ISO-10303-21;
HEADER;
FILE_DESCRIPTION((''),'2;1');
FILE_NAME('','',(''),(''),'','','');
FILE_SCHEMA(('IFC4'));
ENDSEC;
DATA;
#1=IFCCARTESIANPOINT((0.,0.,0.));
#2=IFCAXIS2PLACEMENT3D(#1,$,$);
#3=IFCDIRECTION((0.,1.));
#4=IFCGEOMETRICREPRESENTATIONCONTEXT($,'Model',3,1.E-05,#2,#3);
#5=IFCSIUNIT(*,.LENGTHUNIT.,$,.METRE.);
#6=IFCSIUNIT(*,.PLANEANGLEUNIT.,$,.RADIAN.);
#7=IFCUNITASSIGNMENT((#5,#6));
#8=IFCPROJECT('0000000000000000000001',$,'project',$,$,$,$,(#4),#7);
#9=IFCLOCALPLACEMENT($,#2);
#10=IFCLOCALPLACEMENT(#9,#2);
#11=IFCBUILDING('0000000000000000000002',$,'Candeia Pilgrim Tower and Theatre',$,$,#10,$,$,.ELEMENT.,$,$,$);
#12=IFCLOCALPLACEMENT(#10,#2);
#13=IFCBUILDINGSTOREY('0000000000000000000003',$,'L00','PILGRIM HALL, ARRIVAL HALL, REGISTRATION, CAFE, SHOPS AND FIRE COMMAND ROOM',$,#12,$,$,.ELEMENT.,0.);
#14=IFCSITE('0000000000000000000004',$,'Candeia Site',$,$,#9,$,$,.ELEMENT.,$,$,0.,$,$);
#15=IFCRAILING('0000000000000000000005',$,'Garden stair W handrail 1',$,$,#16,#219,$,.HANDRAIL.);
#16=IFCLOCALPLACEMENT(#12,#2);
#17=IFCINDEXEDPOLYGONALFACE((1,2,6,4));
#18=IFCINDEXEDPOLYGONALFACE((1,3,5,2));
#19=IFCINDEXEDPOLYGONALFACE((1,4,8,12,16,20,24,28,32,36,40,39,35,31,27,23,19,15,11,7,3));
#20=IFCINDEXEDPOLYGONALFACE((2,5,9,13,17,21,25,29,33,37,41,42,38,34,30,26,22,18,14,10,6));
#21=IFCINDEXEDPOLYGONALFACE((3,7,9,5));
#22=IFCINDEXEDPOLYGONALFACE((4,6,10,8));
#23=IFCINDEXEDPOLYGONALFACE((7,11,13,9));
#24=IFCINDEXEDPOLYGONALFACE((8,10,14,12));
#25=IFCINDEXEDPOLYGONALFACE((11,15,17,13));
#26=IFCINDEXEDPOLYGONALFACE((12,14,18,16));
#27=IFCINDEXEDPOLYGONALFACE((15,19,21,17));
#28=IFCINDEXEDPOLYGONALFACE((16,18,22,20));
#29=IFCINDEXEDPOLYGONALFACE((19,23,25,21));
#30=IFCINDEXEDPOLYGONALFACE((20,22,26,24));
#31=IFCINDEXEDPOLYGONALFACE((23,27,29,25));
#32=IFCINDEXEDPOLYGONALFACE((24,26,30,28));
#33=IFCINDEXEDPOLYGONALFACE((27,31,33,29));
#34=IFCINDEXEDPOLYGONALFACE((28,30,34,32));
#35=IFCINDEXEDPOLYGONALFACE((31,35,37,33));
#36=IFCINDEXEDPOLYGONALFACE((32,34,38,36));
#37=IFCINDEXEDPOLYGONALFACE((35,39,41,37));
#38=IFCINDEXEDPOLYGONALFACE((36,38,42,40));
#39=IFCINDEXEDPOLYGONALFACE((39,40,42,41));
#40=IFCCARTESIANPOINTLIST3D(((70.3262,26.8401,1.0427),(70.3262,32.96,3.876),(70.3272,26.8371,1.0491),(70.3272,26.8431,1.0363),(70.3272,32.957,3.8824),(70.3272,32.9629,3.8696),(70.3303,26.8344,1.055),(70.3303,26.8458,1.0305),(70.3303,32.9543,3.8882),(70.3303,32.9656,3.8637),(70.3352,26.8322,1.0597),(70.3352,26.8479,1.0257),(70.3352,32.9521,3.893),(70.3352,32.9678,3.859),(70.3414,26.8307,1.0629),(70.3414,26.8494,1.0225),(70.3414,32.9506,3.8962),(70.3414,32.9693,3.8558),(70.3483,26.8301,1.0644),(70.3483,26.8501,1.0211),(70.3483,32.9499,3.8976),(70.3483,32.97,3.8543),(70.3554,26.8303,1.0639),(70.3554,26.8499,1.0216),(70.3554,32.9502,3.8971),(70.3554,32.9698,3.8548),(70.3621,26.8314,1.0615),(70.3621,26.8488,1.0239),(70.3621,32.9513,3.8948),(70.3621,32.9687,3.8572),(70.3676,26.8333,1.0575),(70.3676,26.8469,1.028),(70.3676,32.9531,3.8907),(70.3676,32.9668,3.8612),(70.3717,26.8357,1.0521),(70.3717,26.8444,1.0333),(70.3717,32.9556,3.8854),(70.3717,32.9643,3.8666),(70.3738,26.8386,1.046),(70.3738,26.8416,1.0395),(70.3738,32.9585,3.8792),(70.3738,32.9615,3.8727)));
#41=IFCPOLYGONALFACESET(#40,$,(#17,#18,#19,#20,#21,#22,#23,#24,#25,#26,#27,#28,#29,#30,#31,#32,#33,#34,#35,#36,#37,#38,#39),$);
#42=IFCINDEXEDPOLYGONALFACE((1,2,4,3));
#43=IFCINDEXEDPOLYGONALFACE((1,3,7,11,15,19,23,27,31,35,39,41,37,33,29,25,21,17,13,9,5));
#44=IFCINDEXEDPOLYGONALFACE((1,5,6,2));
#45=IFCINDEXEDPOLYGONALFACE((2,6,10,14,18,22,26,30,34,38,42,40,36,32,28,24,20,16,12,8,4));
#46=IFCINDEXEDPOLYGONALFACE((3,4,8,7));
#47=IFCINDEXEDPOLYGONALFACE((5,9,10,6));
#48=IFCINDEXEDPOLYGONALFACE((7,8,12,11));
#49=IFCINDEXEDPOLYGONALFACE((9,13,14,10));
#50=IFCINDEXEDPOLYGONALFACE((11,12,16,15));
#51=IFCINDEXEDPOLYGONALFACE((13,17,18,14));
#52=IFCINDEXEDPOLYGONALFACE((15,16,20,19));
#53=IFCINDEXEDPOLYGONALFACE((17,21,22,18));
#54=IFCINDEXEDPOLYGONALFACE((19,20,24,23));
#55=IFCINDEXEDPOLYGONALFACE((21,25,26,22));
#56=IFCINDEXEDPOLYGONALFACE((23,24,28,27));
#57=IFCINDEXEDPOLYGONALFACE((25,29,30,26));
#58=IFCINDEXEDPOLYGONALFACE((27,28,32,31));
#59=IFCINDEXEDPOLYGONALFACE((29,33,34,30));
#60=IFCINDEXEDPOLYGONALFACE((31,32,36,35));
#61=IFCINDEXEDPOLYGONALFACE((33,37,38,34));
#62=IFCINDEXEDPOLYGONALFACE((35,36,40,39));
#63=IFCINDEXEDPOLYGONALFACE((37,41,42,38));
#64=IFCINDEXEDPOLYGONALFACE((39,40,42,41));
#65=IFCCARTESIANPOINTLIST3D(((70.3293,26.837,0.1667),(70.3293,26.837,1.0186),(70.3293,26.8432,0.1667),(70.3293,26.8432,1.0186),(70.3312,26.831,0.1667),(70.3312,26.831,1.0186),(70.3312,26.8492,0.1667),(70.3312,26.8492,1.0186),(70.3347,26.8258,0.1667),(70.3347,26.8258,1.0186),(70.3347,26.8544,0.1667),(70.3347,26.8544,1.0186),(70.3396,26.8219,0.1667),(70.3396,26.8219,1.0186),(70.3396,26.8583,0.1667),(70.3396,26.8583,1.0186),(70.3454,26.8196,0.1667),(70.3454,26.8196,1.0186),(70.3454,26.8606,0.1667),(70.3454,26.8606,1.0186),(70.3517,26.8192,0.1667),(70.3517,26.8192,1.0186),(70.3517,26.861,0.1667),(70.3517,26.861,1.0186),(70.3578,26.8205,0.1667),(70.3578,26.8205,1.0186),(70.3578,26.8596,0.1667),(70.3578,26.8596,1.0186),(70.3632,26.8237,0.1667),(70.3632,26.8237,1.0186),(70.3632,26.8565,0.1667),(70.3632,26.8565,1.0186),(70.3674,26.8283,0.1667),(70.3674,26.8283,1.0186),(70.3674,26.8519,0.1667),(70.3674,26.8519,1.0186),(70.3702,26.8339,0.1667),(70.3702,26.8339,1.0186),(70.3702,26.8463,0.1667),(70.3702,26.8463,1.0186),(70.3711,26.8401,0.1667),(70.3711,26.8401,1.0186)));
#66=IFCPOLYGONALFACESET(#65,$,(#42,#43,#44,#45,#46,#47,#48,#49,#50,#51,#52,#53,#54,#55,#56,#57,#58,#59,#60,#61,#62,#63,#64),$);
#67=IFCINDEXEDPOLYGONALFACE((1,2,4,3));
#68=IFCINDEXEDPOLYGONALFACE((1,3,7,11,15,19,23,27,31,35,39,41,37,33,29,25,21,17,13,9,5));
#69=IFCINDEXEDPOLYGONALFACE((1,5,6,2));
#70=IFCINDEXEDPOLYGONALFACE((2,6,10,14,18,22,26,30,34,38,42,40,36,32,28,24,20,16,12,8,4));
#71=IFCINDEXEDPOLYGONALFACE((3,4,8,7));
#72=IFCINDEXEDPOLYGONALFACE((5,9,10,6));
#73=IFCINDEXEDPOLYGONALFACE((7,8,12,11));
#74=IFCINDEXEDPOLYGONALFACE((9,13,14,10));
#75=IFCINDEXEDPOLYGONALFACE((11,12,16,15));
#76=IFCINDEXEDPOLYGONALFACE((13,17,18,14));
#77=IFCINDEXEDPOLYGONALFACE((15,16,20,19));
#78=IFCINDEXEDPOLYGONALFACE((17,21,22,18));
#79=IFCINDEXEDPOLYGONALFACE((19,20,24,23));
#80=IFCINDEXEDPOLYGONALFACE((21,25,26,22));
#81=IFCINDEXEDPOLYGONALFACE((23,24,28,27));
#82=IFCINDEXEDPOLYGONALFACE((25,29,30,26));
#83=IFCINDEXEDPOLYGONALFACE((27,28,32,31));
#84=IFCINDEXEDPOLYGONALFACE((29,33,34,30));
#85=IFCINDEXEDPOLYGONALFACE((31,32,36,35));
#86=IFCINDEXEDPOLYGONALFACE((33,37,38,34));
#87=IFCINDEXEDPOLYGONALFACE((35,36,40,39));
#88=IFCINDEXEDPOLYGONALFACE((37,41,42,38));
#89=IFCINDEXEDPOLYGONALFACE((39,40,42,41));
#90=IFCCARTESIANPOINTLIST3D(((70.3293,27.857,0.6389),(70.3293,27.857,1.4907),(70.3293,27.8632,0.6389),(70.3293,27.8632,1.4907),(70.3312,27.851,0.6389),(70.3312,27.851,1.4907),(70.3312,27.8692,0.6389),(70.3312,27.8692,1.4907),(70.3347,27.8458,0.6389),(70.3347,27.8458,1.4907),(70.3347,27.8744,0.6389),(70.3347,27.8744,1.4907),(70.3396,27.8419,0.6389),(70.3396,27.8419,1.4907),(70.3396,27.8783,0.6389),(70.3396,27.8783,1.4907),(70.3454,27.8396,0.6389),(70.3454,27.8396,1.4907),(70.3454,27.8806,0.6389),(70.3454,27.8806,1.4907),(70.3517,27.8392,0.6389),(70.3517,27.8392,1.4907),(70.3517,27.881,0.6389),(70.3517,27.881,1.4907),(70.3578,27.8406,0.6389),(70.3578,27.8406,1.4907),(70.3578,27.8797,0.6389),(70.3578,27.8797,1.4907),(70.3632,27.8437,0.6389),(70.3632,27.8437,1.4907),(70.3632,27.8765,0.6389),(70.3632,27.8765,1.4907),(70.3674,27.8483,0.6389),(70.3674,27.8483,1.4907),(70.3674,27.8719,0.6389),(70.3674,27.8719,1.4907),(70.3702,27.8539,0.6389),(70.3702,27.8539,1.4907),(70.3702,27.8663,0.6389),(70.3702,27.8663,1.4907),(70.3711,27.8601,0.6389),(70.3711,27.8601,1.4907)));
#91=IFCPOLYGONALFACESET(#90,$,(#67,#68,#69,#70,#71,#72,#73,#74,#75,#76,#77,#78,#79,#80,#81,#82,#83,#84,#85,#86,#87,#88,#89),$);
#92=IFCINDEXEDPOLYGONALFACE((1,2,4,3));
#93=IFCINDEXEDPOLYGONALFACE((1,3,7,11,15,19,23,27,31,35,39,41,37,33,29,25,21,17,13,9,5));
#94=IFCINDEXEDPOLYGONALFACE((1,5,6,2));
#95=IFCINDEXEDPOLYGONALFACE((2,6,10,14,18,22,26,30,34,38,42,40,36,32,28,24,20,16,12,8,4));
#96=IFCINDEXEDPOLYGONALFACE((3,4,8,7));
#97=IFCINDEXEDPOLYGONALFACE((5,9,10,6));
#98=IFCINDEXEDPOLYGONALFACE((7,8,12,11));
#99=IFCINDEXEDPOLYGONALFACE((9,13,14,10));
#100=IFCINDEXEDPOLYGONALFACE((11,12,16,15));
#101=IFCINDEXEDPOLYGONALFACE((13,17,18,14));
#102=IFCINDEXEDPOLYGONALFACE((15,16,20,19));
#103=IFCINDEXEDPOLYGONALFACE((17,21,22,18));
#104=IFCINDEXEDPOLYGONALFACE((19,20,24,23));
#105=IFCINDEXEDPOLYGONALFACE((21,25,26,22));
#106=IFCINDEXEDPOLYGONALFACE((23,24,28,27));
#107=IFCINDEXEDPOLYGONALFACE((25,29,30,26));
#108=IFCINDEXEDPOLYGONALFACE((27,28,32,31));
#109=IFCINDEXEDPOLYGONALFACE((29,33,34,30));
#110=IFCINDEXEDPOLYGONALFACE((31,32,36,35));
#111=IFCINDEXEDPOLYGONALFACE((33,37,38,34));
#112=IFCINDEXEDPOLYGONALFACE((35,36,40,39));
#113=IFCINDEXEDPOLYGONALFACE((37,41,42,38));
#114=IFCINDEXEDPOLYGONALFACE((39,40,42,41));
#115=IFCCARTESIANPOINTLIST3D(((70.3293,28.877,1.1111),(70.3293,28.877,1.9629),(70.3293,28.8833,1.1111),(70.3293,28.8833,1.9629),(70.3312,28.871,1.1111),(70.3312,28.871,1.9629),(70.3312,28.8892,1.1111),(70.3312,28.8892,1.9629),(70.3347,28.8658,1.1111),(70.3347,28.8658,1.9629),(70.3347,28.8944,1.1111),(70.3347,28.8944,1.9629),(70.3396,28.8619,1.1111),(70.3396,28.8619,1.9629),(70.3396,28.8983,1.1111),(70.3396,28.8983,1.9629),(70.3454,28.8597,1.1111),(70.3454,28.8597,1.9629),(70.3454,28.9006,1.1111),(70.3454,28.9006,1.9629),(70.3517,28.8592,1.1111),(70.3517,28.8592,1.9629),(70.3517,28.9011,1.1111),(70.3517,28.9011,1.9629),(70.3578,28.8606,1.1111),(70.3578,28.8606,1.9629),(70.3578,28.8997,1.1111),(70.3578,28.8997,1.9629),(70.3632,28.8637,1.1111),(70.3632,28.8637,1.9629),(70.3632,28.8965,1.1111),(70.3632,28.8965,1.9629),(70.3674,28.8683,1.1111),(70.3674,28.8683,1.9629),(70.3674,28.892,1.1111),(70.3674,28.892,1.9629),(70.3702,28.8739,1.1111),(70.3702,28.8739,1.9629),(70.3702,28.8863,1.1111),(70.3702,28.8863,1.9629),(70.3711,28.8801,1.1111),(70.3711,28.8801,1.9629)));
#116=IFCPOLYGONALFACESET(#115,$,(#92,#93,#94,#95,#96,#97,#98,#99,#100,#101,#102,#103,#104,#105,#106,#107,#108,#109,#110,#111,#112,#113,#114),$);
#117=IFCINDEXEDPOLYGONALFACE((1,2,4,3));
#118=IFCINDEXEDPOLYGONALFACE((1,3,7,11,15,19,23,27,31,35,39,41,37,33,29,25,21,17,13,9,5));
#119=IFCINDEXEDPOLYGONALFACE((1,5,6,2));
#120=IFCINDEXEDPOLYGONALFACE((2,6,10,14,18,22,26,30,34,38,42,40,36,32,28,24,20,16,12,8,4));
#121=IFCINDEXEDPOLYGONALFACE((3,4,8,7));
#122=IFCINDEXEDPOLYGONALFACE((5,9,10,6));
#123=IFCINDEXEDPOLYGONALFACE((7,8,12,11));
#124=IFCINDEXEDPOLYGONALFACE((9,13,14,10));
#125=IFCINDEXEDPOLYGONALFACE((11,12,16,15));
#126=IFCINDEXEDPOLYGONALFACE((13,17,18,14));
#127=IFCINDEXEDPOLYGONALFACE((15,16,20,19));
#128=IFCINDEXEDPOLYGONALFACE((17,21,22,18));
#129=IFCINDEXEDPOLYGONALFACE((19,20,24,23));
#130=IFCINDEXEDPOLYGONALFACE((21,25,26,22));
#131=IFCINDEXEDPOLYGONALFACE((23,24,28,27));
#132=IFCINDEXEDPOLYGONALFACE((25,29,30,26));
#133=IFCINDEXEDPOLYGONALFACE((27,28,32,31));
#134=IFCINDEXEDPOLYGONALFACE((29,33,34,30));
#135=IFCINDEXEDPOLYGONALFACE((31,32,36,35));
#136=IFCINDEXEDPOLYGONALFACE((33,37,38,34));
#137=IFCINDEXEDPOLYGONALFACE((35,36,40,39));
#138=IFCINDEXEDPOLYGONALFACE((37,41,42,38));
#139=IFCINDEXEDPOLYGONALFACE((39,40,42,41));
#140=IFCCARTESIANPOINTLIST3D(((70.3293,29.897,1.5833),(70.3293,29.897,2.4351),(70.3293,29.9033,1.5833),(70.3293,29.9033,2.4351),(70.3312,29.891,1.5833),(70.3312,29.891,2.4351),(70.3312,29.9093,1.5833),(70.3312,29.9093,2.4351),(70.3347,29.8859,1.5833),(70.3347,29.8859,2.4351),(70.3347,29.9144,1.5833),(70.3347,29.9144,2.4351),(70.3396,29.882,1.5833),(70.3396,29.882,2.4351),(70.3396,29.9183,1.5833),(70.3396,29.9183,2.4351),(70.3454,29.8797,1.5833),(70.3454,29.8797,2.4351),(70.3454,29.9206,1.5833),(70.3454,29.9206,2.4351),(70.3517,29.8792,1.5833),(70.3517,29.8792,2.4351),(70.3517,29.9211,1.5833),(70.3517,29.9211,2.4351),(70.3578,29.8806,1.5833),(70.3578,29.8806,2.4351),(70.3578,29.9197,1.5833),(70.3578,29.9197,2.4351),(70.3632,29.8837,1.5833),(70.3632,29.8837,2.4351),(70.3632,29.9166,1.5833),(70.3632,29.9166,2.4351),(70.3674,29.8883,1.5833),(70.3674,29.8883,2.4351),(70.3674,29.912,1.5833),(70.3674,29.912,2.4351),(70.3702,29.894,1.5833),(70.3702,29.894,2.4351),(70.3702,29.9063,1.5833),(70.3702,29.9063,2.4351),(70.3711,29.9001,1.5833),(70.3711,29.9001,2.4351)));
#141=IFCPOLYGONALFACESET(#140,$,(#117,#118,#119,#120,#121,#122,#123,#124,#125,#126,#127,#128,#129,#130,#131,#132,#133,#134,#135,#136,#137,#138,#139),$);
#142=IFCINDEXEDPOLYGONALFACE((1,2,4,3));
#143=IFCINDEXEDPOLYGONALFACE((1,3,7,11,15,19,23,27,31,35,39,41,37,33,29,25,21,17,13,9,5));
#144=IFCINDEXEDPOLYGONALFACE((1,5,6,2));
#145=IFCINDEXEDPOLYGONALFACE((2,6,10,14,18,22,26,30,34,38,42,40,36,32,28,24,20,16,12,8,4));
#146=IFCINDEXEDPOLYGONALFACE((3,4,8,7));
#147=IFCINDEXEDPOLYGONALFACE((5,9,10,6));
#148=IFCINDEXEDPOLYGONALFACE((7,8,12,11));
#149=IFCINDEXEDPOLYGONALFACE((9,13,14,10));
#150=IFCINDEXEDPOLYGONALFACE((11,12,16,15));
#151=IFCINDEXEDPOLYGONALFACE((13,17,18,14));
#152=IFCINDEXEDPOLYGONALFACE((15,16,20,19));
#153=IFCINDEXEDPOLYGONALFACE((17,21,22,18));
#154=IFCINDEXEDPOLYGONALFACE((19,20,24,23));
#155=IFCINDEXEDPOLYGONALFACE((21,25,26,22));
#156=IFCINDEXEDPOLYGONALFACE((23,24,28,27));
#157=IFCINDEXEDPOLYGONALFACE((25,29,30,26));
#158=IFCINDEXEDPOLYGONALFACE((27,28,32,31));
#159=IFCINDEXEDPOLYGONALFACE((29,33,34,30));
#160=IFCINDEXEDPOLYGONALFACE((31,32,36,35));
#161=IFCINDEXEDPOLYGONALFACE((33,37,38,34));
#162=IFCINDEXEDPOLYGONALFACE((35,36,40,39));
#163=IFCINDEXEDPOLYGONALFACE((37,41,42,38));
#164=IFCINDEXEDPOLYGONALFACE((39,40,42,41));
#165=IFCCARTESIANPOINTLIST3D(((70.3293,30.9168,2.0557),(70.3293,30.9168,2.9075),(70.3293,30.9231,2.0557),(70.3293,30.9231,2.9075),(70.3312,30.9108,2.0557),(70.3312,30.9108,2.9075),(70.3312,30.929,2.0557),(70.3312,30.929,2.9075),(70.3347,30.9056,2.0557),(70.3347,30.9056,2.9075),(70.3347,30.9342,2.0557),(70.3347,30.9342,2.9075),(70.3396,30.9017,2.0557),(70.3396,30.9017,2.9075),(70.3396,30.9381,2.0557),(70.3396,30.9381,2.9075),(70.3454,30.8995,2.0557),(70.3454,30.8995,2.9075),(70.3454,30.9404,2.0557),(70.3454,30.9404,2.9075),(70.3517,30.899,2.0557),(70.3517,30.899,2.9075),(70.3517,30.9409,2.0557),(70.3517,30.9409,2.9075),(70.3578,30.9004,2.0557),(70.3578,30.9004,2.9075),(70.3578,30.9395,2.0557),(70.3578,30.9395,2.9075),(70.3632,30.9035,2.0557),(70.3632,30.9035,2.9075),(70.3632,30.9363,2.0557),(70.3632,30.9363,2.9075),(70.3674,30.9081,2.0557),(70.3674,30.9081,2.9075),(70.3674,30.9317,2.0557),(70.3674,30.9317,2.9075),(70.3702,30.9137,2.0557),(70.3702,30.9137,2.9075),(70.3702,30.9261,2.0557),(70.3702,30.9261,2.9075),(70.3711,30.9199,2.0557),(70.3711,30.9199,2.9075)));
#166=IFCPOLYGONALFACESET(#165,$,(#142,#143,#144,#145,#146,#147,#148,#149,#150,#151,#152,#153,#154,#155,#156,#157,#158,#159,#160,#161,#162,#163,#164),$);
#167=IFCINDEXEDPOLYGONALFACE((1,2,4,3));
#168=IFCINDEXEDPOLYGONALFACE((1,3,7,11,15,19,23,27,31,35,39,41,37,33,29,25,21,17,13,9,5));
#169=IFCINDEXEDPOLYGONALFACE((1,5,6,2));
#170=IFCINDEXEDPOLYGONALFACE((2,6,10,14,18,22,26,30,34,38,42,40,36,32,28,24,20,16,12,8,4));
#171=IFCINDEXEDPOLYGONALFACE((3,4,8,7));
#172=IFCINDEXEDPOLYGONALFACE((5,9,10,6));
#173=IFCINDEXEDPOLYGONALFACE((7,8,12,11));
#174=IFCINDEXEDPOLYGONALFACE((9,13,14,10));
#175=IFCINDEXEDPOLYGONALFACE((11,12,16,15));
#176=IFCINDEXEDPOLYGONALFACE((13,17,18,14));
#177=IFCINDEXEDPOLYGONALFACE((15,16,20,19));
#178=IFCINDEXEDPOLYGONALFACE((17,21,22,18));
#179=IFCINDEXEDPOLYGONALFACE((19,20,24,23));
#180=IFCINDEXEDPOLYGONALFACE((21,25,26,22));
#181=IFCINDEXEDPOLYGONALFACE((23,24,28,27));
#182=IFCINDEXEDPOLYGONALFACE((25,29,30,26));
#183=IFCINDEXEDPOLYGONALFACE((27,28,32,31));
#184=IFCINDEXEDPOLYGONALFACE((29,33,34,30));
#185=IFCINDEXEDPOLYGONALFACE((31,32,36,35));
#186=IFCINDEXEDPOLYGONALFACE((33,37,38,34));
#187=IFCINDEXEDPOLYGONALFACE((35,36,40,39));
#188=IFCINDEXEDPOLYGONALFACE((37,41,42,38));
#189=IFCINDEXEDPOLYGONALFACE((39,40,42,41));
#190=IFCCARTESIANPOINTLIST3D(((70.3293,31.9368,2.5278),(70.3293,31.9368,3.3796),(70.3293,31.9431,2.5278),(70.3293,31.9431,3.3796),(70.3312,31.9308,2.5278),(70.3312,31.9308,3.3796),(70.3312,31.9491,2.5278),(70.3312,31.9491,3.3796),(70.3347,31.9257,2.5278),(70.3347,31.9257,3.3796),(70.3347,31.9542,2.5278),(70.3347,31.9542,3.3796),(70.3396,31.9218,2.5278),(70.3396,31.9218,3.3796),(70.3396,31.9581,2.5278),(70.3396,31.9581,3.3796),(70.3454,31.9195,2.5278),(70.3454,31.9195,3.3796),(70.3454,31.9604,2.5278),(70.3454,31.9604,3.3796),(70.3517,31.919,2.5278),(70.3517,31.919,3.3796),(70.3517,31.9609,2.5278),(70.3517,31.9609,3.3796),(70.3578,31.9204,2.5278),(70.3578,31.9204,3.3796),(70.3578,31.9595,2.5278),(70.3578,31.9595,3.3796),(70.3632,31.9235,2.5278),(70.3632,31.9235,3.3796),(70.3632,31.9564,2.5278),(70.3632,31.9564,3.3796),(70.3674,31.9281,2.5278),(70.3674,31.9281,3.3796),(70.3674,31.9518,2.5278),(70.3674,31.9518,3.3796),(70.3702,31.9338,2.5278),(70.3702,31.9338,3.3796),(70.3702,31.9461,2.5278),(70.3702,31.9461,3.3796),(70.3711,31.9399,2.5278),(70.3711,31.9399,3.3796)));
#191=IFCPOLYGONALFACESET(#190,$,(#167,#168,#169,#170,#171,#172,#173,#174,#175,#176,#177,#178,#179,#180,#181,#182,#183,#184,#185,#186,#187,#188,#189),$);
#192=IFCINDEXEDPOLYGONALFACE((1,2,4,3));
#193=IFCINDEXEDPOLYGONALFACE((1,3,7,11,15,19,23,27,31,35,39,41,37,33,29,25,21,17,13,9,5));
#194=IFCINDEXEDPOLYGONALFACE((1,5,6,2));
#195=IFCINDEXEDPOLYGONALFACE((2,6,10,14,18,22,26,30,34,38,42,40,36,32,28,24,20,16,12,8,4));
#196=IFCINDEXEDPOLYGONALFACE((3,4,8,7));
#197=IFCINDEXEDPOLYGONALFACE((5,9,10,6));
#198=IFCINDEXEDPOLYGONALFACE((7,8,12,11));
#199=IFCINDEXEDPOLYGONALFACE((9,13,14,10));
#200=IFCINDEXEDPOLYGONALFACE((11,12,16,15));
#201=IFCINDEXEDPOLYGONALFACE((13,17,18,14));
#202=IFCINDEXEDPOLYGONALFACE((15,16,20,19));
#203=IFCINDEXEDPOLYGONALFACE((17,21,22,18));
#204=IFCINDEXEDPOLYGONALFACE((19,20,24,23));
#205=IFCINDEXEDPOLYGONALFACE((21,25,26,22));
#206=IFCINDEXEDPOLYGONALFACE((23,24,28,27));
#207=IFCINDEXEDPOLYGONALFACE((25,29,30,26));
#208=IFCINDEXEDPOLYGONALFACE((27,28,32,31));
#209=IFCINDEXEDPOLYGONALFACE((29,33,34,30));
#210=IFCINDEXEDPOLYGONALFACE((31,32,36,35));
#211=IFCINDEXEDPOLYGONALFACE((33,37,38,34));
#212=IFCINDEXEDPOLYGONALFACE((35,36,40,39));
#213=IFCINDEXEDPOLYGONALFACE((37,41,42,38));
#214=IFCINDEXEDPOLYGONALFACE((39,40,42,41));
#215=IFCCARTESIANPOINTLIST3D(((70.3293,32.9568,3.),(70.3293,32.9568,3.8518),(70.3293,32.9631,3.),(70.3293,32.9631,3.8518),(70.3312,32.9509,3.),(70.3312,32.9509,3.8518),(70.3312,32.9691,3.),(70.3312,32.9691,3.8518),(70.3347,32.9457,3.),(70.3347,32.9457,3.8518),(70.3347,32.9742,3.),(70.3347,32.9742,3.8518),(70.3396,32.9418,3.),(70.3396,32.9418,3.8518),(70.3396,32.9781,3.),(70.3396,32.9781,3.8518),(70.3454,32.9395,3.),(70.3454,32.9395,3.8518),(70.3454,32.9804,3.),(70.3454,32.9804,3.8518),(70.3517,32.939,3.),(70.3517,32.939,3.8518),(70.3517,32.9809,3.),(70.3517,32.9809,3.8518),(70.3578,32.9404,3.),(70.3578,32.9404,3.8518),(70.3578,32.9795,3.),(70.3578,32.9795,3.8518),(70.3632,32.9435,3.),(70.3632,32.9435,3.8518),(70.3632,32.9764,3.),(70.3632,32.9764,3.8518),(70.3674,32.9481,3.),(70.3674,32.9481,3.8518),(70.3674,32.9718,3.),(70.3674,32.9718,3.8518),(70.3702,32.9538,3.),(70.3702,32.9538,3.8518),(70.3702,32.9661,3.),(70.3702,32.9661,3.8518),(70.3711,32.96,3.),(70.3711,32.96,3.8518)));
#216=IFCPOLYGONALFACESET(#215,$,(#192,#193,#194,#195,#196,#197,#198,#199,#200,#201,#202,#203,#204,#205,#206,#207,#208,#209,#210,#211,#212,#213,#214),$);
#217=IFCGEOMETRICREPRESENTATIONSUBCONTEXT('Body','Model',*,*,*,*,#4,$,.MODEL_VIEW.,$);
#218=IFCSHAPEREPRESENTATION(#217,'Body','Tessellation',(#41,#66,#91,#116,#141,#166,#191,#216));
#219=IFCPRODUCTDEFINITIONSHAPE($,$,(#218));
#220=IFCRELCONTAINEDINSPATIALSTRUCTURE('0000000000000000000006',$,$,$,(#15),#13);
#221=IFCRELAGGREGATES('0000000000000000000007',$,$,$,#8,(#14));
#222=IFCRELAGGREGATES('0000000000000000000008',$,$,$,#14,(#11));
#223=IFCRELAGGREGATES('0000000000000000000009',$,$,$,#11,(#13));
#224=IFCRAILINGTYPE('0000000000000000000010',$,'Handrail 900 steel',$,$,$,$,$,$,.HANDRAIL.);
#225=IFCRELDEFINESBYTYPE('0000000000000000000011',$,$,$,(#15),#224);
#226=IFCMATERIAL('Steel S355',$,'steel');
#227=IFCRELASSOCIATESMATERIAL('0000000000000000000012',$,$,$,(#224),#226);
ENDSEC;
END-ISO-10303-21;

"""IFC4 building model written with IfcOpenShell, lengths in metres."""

from ifc_helpers import new_model, si_unit, direction, frame, origin, origin_2d, place, context, subcontext, project, spatial, circle, extrude, material, type_object, element, save


model = new_model("IFC4")

# Units and contexts
model_context = context("Model", 3, precision=1e-05, world=origin(), true_north=direction((0.0, 1.0)))
body_context = subcontext(model_context, "Body", "Model", "MODEL_VIEW")
ifc_project = project(units=[si_unit("LENGTHUNIT", "METRE"), si_unit("PLANEANGLEUNIT", "RADIAN")], contexts=[model_context])

# Site, building, storey
site_placement = place(None, origin())
site = spatial("IfcSite", under=ifc_project, at=site_placement, Name="Candeia Site", CompositionType="ELEMENT", RefElevation=0.0)
building_placement = place(site_placement, origin())
building = spatial("IfcBuilding", under=site, at=building_placement, Name="Candeia Pilgrim Tower and Theatre", CompositionType="ELEMENT")
storey_placement = place(building_placement, origin())
storey = spatial("IfcBuildingStorey", under=building, at=storey_placement, Name="L00", Description="PILGRIM HALL, ARRIVAL HALL, REGISTRATION, CAFE, SHOPS AND FIRE COMMAND ROOM", CompositionType="ELEMENT", Elevation=0.0)

# Railing
ifc_material_1 = material(Name="Steel S355", Category="steel")
railing_type_1 = type_object("IfcRailingType", Name="Handrail 900 steel", PredefinedType="HANDRAIL", material=ifc_material_1)
for number, where, name in (
    (1, (70.3501, 26.8401, 0.1667), "Garden stair W handrail 1"),
):
    element("IfcRailing", number, at=place(storey_placement, frame(where)), inside=storey, type_object=railing_type_1, Name=name, PredefinedType="HANDRAIL", context=body_context, shape_type="SweptSolid", body=[
        extrude(circle(Radius=0.0239, at=origin_2d()), frame((0.0, 0.0, 0.876), z_axis=(0.0, 0.907468, 0.420121), x_axis=(-1.0, 0.0, 0.0)), (0.0, 0.0, 1.0), 6.7439),
        extrude(circle(Radius=0.021, at=origin_2d()), origin(), (0.0, 0.0, 1.0), 0.8518),
        extrude(circle(Radius=0.021, at=origin_2d()), frame((0.0, 1.02, 0.4722)), (0.0, 0.0, 1.0), 0.8518),
        extrude(circle(Radius=0.021, at=origin_2d()), frame((0.0, 2.04, 0.9443)), (0.0, 0.0, 1.0), 0.8518),
        extrude(circle(Radius=0.021, at=origin_2d()), frame((0.0, 3.0601, 1.4165)), (0.0, 0.0, 1.0), 0.8518),
        extrude(circle(Radius=0.021, at=origin_2d()), frame((0.0, 4.0798, 1.8889)), (0.0, 0.0, 1.0), 0.8518),
        extrude(circle(Radius=0.021, at=origin_2d()), frame((0.0, 5.0999, 2.3611)), (0.0, 0.0, 1.0), 0.8518),
        extrude(circle(Radius=0.021, at=origin_2d()), frame((0.0, 6.1199, 2.8333)), (0.0, 0.0, 1.0), 0.8518),
    ])

save(model, "model.ifc")
